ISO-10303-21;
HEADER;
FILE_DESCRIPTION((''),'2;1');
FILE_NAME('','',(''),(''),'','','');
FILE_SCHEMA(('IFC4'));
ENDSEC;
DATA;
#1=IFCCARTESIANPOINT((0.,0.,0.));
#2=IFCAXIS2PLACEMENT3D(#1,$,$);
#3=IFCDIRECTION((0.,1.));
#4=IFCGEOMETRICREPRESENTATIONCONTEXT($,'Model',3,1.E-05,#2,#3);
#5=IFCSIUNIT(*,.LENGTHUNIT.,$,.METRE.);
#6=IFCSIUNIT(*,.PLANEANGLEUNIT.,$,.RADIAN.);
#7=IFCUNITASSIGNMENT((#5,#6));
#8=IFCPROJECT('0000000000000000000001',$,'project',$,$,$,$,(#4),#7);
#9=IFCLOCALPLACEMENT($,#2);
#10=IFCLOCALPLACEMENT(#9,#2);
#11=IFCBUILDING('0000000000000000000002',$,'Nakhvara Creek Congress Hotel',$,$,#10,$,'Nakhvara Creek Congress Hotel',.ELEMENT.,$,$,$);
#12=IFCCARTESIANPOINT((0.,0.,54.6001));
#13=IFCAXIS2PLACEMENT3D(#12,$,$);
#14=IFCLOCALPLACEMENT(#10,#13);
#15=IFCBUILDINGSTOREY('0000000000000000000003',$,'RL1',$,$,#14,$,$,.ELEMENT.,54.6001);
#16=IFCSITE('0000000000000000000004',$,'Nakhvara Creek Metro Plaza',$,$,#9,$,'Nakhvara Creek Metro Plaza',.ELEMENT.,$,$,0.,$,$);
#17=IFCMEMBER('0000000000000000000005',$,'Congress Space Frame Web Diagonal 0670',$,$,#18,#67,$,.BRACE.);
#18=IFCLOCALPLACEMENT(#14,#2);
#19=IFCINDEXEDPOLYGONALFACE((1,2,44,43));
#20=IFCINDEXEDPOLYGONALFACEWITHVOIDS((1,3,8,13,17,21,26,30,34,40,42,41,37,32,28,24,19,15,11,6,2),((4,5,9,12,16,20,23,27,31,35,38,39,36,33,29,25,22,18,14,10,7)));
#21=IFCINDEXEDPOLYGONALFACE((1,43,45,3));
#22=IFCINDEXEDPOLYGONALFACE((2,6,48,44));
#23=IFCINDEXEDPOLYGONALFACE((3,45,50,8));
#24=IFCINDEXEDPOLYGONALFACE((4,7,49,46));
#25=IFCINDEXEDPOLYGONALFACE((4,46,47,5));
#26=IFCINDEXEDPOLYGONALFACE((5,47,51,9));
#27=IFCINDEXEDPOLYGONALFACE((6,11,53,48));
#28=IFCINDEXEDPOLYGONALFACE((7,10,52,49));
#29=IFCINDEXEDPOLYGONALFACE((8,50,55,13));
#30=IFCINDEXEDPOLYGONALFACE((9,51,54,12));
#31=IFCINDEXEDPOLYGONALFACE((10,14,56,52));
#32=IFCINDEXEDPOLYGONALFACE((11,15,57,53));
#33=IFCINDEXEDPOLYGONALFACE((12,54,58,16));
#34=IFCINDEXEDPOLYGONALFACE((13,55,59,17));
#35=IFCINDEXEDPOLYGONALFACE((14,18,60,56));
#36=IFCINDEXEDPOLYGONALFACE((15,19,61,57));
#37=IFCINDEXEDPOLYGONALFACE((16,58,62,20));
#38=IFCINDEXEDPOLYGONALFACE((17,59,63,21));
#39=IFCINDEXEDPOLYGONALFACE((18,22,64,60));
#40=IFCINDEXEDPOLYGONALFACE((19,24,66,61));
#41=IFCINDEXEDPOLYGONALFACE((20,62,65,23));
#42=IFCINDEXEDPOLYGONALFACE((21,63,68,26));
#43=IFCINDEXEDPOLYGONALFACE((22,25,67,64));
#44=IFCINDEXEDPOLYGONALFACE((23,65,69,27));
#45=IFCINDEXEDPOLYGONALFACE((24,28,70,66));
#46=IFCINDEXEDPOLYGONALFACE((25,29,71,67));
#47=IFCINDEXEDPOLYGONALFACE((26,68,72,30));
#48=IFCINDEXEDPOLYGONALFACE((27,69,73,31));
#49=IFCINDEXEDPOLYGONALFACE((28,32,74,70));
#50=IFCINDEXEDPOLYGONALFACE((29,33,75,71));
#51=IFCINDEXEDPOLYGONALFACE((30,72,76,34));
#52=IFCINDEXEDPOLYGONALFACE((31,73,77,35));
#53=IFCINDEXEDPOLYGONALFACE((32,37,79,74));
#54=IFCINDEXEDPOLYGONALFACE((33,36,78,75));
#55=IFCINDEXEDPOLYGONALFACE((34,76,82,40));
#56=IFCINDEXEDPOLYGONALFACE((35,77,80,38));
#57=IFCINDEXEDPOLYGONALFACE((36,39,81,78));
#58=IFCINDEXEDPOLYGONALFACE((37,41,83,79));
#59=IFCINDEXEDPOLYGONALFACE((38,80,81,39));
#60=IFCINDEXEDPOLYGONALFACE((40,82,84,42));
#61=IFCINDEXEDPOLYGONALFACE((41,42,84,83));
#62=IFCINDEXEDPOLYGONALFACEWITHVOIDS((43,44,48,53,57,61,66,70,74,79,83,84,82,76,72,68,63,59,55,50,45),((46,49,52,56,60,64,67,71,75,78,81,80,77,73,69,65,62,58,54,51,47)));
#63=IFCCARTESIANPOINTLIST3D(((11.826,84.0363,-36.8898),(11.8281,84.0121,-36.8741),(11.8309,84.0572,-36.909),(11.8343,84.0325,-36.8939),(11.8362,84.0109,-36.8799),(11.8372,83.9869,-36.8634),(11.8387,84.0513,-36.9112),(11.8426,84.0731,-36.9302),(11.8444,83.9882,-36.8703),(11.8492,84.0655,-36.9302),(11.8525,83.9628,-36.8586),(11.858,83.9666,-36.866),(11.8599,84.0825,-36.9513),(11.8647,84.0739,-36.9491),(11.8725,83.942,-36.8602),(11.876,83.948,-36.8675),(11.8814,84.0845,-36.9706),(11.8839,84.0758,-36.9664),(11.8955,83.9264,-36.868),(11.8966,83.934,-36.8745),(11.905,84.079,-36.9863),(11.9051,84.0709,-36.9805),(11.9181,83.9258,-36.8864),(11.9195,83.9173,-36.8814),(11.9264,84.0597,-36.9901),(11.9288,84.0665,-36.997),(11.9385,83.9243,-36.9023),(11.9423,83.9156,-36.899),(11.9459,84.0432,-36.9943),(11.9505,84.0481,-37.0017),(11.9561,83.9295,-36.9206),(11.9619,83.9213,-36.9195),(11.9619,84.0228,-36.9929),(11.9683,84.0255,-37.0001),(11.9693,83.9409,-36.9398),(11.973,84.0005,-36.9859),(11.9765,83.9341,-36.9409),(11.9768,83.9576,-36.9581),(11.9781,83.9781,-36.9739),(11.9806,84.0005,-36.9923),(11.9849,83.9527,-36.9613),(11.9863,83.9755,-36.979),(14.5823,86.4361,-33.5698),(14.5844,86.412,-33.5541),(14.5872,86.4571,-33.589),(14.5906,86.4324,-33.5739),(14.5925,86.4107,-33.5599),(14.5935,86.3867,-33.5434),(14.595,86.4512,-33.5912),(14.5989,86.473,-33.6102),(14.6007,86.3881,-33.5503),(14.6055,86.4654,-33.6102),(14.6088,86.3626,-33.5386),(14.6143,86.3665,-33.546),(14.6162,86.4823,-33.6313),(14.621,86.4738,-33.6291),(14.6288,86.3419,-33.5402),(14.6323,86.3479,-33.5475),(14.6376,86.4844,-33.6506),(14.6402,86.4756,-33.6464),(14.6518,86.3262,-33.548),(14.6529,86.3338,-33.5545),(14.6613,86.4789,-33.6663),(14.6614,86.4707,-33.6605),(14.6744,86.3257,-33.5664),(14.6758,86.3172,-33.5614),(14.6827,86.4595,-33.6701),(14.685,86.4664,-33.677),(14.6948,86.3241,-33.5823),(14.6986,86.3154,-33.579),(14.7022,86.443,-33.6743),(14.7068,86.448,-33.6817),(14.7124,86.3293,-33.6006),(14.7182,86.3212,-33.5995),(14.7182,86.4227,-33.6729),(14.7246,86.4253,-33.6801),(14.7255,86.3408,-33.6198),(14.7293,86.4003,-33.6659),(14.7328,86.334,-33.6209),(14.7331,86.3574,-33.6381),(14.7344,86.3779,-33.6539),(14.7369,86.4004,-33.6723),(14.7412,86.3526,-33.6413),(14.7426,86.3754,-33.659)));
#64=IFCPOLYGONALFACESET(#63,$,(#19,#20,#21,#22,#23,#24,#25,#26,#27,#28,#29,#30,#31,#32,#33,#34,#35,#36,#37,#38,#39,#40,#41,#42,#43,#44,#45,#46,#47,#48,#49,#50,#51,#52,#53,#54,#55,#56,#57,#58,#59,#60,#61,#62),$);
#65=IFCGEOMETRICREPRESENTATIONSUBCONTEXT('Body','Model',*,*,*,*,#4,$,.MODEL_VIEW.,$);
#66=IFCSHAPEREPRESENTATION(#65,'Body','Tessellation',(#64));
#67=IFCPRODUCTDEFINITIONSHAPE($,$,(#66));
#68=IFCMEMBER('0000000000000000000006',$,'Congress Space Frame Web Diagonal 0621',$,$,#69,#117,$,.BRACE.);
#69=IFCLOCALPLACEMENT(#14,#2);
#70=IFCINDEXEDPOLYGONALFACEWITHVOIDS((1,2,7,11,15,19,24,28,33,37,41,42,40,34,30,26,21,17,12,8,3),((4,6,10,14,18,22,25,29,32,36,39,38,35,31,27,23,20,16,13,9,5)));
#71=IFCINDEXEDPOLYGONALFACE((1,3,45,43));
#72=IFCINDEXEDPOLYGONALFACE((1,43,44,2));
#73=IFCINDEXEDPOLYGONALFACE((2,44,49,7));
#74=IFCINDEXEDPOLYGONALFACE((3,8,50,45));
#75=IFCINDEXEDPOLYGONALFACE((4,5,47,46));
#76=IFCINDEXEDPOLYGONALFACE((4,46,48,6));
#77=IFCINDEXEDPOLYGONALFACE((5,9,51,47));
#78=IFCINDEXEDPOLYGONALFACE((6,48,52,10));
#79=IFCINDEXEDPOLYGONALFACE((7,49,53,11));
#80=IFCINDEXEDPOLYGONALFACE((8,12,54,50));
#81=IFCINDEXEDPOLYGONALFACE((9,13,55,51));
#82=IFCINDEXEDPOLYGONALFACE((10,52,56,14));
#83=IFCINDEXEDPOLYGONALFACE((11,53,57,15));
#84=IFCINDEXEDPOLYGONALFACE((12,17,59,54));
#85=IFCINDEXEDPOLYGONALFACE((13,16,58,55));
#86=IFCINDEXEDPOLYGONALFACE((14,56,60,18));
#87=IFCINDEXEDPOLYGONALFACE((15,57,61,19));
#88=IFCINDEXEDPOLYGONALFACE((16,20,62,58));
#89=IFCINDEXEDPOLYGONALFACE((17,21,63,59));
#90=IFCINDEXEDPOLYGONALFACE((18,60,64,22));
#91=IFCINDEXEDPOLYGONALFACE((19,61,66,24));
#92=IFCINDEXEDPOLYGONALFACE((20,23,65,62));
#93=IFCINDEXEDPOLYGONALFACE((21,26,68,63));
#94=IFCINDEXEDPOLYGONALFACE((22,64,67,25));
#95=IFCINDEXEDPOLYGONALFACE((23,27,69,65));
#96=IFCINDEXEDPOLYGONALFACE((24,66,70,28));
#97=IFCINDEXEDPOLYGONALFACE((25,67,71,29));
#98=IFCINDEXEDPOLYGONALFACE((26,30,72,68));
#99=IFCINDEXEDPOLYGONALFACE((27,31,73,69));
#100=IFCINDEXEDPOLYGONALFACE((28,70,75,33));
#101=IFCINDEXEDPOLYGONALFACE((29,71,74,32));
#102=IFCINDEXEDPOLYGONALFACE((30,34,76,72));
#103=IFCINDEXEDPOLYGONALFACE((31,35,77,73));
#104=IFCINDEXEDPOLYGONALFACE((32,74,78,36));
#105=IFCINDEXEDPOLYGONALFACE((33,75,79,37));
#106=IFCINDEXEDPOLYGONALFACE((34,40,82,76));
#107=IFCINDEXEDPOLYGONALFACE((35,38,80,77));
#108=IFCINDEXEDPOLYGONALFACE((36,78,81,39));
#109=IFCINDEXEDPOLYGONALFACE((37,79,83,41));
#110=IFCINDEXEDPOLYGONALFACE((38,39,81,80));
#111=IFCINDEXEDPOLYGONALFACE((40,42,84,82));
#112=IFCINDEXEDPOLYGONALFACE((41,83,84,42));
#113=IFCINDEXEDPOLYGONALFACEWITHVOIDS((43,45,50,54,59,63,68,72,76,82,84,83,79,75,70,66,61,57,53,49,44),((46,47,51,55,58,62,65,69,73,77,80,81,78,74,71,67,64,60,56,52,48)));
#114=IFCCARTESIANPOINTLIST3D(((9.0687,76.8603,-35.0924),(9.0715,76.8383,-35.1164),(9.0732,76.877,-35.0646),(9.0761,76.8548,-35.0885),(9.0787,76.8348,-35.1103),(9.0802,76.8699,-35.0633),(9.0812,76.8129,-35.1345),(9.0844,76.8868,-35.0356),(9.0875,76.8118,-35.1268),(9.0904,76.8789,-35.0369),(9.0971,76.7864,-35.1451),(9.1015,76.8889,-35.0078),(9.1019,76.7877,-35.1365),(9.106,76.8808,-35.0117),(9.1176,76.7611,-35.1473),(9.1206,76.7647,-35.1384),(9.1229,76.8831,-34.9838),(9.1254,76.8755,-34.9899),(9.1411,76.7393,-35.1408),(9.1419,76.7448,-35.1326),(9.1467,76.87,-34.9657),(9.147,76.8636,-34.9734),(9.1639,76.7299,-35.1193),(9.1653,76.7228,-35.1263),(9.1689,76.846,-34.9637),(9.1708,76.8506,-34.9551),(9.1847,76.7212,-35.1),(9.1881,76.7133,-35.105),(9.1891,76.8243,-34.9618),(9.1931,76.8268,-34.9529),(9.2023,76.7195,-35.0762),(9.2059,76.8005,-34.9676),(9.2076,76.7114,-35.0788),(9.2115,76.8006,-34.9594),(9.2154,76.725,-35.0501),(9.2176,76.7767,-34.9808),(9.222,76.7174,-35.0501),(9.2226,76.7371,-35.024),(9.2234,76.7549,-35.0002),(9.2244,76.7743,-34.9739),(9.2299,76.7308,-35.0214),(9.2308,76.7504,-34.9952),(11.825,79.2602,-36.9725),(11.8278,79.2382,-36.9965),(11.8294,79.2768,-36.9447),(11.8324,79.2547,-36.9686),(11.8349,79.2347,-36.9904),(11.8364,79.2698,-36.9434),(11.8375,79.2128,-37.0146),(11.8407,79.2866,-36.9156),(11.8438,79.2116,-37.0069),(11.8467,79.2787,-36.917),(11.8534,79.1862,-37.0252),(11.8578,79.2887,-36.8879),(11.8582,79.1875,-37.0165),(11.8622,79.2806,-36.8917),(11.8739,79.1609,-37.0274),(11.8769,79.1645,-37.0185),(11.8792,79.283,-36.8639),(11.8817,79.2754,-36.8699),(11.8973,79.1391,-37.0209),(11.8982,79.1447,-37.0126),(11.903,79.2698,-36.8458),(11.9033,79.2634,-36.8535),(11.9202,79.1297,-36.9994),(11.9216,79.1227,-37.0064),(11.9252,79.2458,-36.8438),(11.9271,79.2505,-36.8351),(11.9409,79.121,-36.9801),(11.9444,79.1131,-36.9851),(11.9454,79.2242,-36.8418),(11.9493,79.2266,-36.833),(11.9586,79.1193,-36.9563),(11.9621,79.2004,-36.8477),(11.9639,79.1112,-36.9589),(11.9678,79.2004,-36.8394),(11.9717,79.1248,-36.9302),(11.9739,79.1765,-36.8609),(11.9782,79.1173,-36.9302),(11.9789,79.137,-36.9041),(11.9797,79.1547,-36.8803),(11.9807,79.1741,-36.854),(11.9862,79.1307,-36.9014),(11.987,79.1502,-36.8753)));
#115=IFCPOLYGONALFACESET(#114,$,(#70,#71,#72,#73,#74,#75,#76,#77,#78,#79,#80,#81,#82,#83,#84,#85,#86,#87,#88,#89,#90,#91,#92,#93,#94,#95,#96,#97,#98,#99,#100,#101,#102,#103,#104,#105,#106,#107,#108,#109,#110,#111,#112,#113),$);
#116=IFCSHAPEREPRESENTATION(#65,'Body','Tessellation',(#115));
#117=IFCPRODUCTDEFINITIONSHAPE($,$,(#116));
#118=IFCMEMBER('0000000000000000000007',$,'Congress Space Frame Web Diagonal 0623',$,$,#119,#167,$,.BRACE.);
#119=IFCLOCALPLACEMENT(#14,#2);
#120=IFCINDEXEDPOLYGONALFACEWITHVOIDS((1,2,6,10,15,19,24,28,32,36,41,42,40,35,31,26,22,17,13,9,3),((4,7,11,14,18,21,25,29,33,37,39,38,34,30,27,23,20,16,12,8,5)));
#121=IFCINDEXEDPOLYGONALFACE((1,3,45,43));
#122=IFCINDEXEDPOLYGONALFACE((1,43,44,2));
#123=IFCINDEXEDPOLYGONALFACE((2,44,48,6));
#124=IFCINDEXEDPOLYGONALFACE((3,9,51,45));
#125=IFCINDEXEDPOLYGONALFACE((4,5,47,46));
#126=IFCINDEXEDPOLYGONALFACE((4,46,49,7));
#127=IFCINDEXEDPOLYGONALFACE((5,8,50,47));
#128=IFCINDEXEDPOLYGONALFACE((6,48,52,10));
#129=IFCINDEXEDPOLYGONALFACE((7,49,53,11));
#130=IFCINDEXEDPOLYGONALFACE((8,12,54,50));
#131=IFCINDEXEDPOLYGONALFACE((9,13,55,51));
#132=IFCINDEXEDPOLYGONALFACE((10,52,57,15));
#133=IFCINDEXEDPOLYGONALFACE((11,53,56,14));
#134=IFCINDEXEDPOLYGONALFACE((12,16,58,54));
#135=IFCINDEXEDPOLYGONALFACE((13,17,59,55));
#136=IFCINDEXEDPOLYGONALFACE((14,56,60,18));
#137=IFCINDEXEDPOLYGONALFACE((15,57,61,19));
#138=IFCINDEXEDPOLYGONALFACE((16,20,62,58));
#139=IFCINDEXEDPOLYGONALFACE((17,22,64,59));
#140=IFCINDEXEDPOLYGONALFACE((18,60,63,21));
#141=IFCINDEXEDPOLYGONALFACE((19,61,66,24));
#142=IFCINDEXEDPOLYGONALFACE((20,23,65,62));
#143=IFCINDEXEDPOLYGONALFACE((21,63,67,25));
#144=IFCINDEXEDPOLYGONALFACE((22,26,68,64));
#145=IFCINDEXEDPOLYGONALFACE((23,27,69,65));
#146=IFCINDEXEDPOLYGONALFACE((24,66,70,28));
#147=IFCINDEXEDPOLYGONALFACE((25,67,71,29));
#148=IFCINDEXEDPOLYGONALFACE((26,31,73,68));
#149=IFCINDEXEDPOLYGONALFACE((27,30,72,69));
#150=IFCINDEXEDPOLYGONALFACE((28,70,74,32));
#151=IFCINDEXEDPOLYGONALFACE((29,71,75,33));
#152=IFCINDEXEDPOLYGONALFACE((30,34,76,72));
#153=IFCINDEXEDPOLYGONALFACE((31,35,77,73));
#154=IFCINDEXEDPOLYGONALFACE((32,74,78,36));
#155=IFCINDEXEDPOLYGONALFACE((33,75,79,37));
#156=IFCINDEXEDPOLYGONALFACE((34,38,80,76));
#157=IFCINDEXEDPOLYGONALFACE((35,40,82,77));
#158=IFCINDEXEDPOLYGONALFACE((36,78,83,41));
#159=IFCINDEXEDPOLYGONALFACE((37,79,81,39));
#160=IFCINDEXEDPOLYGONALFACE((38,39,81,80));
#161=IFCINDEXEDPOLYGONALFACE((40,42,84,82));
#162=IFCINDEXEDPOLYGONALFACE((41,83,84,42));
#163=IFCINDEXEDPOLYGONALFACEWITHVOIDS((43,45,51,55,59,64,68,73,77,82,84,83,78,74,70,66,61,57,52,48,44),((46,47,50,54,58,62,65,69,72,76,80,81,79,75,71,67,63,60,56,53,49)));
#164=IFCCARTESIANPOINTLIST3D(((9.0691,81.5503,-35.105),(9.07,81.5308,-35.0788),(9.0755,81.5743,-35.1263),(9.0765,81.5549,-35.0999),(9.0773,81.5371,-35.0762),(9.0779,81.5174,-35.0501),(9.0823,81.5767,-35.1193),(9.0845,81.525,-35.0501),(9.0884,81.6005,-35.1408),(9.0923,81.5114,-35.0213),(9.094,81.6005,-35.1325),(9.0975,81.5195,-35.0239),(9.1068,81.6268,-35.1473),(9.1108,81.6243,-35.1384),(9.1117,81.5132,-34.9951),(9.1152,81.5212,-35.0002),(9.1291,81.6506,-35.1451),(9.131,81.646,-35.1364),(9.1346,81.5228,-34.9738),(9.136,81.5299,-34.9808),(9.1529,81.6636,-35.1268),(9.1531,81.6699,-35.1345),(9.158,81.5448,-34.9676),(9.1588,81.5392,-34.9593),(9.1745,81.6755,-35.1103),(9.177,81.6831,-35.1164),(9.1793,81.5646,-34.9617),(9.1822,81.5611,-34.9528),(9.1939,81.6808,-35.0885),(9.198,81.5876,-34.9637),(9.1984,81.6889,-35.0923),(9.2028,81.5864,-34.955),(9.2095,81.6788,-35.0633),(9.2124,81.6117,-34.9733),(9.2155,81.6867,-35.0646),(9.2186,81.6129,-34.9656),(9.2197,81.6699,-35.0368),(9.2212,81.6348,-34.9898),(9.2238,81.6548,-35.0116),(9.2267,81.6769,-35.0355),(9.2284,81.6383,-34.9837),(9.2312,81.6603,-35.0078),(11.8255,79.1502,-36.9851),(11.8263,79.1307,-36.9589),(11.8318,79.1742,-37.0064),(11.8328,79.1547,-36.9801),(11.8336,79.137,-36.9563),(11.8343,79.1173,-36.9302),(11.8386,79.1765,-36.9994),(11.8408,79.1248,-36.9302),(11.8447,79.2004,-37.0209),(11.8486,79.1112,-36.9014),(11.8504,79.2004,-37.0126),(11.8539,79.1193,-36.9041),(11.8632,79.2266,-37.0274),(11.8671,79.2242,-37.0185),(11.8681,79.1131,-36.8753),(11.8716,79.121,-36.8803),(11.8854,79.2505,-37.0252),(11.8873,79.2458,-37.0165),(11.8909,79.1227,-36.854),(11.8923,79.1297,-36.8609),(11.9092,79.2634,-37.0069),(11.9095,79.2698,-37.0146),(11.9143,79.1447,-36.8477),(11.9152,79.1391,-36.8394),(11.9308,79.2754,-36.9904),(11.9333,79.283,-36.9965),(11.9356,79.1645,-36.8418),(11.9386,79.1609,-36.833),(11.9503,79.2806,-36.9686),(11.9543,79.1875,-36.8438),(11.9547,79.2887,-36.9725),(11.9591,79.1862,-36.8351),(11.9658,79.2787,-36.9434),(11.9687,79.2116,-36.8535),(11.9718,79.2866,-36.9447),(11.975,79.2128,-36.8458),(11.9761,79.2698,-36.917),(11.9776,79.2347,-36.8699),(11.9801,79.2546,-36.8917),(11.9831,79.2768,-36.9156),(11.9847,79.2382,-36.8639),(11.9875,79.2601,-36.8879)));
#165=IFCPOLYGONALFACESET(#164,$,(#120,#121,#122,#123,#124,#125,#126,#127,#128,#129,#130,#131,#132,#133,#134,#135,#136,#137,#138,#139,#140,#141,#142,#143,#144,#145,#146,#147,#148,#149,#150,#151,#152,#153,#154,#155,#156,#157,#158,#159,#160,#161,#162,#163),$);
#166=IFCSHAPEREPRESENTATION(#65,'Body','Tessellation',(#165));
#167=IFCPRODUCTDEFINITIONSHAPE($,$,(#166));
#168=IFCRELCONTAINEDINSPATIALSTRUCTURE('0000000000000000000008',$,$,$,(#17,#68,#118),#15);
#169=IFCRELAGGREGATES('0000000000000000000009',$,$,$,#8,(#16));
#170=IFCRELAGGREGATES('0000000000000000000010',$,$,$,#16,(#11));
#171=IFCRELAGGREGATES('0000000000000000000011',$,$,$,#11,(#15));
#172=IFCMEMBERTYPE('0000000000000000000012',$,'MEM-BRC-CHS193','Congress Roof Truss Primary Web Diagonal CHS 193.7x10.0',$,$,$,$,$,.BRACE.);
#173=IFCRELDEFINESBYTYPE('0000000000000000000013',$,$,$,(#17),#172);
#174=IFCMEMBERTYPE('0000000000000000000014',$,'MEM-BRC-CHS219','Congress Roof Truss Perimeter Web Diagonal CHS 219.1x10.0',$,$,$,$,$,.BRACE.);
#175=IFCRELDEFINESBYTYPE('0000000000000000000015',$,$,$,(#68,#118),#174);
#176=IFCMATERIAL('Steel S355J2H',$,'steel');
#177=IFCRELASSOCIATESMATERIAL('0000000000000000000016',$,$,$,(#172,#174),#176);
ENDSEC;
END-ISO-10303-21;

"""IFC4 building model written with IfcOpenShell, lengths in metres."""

from ifc_helpers import new_model, si_unit, direction, frame, origin, origin_2d, place, context, subcontext, project, spatial, hollow_circle, extrude, material, material_profile, profile_set, type_object, element, save


model = new_model("IFC4")

# Units and contexts
model_context = context("Model", 3, precision=1e-05, world=origin(), true_north=direction((0.0, 1.0)))
body_context = subcontext(model_context, "Body", "Model", "MODEL_VIEW")
ifc_project = project(units=[si_unit("LENGTHUNIT", "METRE"), si_unit("PLANEANGLEUNIT", "RADIAN")], contexts=[model_context])

# Site, building, storey
site_placement = place(None, origin())
site = spatial("IfcSite", under=ifc_project, at=site_placement, Name="Nakhvara Creek Metro Plaza", LongName="Nakhvara Creek Metro Plaza", CompositionType="ELEMENT", RefElevation=0.0)
building_placement = place(site_placement, origin())
building = spatial("IfcBuilding", under=site, at=building_placement, Name="Nakhvara Creek Congress Hotel", LongName="Nakhvara Creek Congress Hotel", CompositionType="ELEMENT")
storey_placement = place(building_placement, frame((0.0, 0.0, 54.6001)))
storey = spatial("IfcBuildingStorey", under=building, at=storey_placement, Name="RL1", CompositionType="ELEMENT", Elevation=54.6001)

# Members
ifc_material_1 = material(Name="Steel S355J2H", Category="steel")
ifc_material_profile_1 = material_profile(ifc_material_1, hollow_circle(Radius=0.0969, WallThickness=0.01, at=origin_2d()), Name="CHS 193.7x10.0", Category="LoadBearing")
ifc_profile_set_1 = profile_set([ifc_material_profile_1], Name="Steel S355J2H")
member_type_1 = type_object("IfcMemberType", Name="MEM-BRC-CHS193", Description="Congress Roof Truss Primary Web Diagonal CHS 193.7x10.0", PredefinedType="BRACE", material=ifc_profile_set_1)
for number, where, z_axis, x_axis, name in (
    (1, (11.9062, 84.0, -36.9302), (0.558237, 0.486047, 0.672406), (-0.656658, 0.754188, 0.0), "Congress Space Frame Web Diagonal 0670"),
):
    element("IfcMember", number, at=place(storey_placement, frame(where, z_axis=z_axis, x_axis=x_axis)), inside=storey, type_object=member_type_1, Name=name, PredefinedType="BRACE", context=body_context, shape_type="SweptSolid", body=[
        extrude(hollow_circle(Radius=0.0969, WallThickness=0.01, at=origin_2d()), origin(), (0.0, 0.0, 1.0), 4.9375),
    ])
ifc_material_profile_2 = material_profile(ifc_material_1, hollow_circle(Radius=0.1096, WallThickness=0.01, at=origin_2d()), Name="CHS 219.1x10.0", Category="LoadBearing")
ifc_profile_set_2 = profile_set([ifc_material_profile_2], Name="Steel S355J2H")
member_type_2 = type_object("IfcMemberType", Name="MEM-BRC-CHS219", Description="Congress Roof Truss Perimeter Web Diagonal CHS 219.1x10.0", PredefinedType="BRACE", material=ifc_profile_set_2)
member_1_placement = place(storey_placement, frame((11.9062, 79.2, -36.9302), z_axis=(-0.670649, -0.583922, 0.457455), x_axis=(0.656658, -0.754188, 0.0)))
element("IfcMember", 2, at=member_1_placement, inside=storey, type_object=member_type_2, Name="Congress Space Frame Web Diagonal 0621", PredefinedType="BRACE", context=body_context, shape_type="SweptSolid", body=[
    extrude(hollow_circle(Radius=0.1096, WallThickness=0.01, at=origin_2d()), origin(), (0.0, 0.0, 1.0), 4.1099),
])
member_2_placement = place(storey_placement, frame((11.9062, 79.2, -36.9302), z_axis=(-0.670626, 0.583961, 0.457439), x_axis=(-0.656696, -0.754155, 0.0)))
element("IfcMember", 3, at=member_2_placement, inside=storey, type_object=member_type_2, Name="Congress Space Frame Web Diagonal 0623", PredefinedType="BRACE", context=body_context, shape_type="SweptSolid", body=[
    extrude(hollow_circle(Radius=0.1096, WallThickness=0.01, at=origin_2d()), origin(), (0.0, 0.0, 1.0), 4.1101),
])

save(model, "model.ifc")
